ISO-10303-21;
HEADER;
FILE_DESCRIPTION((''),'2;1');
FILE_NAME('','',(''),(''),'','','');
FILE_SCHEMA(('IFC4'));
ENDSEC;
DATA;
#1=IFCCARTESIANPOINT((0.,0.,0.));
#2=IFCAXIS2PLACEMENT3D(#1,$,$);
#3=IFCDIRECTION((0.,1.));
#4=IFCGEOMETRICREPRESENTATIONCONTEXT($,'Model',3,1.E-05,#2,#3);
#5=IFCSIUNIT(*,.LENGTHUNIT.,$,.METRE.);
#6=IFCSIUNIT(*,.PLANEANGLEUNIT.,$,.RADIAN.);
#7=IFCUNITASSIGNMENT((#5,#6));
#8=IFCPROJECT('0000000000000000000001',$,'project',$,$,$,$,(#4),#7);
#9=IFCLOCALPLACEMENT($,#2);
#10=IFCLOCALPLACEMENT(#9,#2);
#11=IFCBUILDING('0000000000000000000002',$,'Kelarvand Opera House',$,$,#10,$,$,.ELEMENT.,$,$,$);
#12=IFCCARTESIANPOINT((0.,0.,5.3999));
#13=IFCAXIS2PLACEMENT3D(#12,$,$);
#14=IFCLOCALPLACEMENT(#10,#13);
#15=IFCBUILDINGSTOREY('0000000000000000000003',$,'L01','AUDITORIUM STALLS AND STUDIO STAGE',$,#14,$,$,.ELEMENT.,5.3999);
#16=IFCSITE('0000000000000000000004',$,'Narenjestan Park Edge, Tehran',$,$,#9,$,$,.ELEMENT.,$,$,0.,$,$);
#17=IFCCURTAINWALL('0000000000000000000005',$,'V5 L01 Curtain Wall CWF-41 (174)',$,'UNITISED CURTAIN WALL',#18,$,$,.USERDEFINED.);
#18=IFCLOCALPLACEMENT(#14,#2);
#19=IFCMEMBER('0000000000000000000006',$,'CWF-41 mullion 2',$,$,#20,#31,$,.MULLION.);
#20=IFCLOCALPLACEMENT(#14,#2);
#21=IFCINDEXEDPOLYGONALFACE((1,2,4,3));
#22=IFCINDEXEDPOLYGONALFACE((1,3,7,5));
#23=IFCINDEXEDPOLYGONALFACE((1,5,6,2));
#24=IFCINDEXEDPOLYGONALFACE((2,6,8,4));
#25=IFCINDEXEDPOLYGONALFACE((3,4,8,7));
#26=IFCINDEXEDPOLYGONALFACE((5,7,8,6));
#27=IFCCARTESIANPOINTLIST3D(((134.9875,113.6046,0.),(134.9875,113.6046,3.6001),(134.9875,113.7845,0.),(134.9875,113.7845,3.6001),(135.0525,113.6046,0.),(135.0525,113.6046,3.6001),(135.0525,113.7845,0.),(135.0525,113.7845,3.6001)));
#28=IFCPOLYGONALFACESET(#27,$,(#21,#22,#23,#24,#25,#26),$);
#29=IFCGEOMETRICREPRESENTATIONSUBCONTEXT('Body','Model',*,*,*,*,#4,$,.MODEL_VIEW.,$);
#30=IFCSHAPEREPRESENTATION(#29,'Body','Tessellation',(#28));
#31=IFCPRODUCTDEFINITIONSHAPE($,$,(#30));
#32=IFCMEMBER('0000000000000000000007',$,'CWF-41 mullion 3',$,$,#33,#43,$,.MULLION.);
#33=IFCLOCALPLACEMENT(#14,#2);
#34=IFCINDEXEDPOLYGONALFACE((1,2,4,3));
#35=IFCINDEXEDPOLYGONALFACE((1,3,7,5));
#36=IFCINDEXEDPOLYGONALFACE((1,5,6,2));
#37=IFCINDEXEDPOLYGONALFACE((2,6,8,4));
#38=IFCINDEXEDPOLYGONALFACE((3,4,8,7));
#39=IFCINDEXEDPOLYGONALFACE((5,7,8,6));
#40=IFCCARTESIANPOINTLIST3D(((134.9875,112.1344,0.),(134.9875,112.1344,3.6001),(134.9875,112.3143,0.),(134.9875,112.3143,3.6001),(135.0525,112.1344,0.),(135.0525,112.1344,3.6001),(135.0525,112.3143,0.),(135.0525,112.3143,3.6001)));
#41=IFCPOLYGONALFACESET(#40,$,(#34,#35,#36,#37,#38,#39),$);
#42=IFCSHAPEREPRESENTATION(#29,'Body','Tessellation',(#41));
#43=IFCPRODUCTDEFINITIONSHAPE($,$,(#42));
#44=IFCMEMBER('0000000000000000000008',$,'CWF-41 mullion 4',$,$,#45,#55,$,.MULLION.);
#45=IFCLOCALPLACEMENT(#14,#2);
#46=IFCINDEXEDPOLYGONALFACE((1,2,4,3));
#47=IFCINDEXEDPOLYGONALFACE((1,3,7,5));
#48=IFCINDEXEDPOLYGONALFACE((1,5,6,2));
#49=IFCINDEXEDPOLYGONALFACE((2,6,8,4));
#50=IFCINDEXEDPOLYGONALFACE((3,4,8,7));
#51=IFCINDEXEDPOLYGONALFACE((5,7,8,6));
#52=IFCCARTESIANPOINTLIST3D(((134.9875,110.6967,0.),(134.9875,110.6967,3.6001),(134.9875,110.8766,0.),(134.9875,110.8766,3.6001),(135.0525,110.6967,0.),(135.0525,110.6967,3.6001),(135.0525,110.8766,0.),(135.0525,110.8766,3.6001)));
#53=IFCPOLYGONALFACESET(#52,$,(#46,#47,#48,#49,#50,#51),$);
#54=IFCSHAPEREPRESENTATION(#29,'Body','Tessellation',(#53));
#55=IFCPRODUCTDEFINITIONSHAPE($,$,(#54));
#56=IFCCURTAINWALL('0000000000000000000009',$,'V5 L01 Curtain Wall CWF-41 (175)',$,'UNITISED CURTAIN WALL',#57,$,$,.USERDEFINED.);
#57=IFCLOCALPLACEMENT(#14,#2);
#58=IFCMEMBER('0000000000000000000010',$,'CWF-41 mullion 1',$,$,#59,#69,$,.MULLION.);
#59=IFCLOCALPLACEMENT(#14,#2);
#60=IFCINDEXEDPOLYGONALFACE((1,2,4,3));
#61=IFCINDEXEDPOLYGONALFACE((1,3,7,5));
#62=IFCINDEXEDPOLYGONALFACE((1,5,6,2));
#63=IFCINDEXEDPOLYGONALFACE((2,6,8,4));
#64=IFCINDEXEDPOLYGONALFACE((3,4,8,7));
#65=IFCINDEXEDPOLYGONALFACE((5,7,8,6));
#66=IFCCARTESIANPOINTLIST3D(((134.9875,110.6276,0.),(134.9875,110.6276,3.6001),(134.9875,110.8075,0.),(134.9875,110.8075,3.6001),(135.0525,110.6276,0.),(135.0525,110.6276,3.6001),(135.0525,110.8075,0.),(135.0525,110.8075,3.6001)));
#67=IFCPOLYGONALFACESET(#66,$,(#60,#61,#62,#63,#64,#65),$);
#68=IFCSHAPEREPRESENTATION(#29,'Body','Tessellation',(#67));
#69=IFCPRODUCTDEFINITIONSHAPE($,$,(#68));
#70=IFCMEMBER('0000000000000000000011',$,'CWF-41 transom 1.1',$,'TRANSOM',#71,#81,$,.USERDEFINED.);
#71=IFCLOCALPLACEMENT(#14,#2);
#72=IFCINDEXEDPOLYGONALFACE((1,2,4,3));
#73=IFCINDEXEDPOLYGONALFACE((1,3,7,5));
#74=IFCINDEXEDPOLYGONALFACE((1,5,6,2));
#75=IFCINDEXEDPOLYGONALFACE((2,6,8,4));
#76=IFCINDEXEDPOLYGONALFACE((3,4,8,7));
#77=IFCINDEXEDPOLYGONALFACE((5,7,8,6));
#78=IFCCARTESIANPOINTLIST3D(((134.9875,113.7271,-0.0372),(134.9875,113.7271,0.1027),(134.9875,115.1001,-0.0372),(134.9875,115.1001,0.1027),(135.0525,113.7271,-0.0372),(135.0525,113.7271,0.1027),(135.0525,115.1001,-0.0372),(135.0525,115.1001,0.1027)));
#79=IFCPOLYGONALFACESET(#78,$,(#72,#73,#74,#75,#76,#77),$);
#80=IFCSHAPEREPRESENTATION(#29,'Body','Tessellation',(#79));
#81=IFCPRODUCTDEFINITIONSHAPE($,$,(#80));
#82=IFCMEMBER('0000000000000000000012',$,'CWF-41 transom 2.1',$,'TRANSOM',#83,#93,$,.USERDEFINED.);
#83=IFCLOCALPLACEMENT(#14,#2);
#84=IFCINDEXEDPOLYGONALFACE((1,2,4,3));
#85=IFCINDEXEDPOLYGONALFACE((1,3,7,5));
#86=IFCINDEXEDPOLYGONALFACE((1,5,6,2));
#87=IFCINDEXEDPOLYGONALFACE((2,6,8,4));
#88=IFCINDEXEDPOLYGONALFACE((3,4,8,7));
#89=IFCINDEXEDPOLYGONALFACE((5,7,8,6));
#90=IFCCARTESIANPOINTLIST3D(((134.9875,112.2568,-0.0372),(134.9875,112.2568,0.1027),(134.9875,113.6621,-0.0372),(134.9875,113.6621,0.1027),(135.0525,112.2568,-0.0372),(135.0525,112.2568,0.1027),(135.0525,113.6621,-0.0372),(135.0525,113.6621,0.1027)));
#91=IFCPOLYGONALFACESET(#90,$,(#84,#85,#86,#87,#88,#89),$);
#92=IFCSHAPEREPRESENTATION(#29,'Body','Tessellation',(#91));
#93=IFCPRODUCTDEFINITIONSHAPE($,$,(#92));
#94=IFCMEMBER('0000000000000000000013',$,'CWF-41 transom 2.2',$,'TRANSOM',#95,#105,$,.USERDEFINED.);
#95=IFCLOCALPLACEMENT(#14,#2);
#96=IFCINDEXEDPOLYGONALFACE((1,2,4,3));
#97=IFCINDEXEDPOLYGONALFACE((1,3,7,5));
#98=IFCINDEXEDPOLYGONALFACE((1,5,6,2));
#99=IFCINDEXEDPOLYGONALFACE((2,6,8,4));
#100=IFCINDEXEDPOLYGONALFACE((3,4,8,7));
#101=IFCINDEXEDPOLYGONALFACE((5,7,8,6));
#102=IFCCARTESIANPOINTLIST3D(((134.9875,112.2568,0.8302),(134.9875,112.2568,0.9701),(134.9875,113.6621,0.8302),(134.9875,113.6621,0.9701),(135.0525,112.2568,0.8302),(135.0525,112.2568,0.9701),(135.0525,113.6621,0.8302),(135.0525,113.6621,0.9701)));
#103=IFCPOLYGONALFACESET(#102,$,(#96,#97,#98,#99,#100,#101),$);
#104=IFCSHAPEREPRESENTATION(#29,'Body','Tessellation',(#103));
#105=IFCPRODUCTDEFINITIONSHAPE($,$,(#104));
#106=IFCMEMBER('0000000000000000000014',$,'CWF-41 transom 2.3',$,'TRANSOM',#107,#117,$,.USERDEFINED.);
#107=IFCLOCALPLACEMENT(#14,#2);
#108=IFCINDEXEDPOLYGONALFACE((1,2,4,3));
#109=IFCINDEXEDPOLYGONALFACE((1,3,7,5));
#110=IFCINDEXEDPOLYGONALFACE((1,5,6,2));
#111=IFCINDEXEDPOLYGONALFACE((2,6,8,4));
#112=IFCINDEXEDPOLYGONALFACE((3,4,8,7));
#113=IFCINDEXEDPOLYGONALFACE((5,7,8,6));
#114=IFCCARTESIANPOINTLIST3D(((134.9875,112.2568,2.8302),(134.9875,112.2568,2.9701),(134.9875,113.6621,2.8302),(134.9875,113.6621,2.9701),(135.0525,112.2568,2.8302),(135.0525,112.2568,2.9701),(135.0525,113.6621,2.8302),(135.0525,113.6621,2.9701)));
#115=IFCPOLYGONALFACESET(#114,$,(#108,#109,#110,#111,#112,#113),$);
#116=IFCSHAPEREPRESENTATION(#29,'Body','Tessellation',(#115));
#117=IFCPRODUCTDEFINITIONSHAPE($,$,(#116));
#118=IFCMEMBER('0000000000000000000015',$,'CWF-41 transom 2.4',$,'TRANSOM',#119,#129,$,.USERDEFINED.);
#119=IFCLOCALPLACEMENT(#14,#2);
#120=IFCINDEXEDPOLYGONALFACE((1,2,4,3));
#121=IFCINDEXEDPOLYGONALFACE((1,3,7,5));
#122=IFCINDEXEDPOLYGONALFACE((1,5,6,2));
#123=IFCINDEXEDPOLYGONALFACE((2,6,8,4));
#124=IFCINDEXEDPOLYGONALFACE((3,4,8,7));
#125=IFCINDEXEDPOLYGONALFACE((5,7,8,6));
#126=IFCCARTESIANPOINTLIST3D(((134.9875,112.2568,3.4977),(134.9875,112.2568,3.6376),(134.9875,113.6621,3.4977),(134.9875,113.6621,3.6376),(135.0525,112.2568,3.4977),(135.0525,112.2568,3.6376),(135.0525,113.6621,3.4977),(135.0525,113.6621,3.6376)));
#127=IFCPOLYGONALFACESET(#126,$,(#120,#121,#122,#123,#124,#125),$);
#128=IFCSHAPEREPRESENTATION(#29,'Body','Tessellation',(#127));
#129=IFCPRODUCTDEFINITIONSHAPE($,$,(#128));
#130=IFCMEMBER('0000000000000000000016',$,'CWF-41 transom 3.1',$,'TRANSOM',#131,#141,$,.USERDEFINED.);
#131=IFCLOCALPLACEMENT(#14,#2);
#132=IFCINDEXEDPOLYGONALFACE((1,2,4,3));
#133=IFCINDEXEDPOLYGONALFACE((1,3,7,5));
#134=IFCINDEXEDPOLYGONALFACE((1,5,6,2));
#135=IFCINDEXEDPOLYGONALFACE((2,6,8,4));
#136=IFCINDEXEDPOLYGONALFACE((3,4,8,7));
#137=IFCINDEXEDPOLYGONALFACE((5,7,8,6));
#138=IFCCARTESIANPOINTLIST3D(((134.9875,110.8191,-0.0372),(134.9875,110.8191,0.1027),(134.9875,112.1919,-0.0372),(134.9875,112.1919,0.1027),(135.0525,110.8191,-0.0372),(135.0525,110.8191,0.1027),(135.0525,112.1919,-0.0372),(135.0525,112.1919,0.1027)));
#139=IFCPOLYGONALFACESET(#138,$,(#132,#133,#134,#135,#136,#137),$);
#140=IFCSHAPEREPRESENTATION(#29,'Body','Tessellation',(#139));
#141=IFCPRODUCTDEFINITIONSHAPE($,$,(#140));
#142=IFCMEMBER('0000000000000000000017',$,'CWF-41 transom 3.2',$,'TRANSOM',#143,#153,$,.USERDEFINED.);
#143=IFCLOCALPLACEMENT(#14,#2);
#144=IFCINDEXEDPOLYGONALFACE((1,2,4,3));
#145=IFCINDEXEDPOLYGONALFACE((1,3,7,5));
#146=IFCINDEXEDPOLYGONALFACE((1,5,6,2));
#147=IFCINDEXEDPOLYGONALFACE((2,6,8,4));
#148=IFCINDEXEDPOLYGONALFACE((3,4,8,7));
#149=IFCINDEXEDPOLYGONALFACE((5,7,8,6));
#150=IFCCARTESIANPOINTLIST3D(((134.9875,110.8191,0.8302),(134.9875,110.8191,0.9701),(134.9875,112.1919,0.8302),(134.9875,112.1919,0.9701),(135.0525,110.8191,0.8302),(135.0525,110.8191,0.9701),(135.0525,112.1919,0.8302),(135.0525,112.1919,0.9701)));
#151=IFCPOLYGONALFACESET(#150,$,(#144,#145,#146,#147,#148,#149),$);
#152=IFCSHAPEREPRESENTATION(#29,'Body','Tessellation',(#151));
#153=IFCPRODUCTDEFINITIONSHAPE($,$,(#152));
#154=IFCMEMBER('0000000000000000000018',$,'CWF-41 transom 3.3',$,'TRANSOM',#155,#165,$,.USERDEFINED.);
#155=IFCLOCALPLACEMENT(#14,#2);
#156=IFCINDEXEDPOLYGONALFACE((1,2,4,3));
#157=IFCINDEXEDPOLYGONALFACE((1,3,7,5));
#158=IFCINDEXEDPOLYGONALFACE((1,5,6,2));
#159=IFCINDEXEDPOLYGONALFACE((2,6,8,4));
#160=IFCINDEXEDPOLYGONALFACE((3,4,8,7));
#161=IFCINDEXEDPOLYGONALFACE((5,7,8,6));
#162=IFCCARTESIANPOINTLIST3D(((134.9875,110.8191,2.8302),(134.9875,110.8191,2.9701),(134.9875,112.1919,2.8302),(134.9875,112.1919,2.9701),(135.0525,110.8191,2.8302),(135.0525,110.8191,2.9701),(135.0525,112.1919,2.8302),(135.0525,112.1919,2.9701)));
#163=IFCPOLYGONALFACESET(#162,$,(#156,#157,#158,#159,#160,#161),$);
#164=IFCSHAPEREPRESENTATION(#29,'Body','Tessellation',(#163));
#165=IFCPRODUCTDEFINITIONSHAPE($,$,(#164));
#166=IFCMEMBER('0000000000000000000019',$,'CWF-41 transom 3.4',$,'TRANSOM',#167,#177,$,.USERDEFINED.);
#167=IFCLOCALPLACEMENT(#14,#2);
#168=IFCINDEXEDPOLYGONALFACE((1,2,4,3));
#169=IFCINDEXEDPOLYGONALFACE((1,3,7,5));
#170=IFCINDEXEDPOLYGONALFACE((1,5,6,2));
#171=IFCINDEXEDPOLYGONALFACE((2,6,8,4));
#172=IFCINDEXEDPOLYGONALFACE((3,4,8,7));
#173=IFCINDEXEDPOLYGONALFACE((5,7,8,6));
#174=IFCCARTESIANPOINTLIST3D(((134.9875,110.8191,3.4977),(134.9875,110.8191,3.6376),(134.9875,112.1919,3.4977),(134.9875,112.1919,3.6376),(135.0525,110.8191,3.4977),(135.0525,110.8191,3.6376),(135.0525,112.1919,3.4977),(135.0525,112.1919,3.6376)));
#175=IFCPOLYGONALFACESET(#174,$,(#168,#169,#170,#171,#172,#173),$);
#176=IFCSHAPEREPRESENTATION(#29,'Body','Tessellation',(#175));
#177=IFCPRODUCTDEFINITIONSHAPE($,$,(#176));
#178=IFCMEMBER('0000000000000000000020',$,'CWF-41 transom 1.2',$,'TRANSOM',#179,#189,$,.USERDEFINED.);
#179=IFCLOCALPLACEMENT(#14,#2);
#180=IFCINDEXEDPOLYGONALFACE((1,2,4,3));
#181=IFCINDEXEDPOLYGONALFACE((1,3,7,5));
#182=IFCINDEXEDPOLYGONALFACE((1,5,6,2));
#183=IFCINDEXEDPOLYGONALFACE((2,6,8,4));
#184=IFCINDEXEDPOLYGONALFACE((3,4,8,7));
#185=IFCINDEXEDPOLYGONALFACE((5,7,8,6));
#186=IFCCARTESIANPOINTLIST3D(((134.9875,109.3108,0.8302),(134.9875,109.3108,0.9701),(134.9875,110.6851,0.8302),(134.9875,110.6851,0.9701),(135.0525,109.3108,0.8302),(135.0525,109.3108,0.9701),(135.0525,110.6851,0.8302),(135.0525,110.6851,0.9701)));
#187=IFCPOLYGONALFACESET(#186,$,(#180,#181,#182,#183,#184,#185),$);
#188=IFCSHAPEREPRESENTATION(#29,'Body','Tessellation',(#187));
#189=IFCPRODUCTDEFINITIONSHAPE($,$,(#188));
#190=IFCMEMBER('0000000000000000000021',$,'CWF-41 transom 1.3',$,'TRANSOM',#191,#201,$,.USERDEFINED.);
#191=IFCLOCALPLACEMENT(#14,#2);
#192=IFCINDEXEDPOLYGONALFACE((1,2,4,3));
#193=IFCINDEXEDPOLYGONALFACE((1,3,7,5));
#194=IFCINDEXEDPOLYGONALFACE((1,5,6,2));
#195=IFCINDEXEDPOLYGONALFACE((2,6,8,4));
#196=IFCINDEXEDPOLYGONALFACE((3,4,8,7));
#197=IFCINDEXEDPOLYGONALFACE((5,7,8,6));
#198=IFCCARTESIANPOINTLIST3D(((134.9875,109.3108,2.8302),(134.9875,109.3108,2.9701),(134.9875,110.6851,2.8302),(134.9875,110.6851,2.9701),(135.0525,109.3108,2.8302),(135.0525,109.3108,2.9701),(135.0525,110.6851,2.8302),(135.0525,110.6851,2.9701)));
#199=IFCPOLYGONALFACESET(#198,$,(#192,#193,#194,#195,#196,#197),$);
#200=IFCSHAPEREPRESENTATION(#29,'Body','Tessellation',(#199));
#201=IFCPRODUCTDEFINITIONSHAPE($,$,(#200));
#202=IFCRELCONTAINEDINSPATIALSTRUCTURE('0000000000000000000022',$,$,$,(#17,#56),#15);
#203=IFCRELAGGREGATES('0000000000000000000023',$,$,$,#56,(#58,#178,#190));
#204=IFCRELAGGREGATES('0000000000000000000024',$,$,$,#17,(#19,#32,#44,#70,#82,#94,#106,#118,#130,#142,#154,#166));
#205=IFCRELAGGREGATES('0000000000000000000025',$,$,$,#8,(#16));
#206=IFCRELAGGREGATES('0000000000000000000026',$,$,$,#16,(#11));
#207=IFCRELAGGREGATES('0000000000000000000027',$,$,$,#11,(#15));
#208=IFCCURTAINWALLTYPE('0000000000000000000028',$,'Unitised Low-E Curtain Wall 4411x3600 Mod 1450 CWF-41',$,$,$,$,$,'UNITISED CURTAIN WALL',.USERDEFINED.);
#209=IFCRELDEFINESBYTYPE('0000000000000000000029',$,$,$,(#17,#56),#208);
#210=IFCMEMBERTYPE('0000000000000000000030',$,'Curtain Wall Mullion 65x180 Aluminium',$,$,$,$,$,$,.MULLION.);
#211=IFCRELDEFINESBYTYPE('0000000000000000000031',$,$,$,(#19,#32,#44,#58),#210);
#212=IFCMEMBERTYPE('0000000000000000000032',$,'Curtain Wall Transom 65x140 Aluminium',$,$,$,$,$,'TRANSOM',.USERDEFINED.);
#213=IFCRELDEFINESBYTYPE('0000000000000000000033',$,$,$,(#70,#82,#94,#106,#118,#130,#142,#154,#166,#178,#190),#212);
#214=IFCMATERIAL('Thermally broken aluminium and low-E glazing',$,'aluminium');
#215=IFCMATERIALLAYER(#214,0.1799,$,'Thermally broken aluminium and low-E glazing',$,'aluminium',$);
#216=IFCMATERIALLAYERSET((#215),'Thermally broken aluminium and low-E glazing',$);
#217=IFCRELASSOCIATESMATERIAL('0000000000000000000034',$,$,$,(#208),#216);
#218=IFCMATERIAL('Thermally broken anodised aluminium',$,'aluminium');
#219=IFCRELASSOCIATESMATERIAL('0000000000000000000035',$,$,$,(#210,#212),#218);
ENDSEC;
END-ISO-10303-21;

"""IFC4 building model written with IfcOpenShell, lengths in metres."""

from ifc_helpers import new_model, si_unit, direction, frame, origin, origin_2d, place, context, subcontext, project, spatial, rectangle, extrude, material, layer, layer_set, material_profile, profile_set, type_object, element, aggregate, save


model = new_model("IFC4")

# Units and contexts
model_context = context("Model", 3, precision=1e-05, world=origin(), true_north=direction((0.0, 1.0)))
body_context = subcontext(model_context, "Body", "Model", "MODEL_VIEW")
ifc_project = project(units=[si_unit("LENGTHUNIT", "METRE"), si_unit("PLANEANGLEUNIT", "RADIAN")], contexts=[model_context])

# Site, building, storey
site_placement = place(None, origin())
site = spatial("IfcSite", under=ifc_project, at=site_placement, Name="Narenjestan Park Edge, Tehran", CompositionType="ELEMENT", RefElevation=0.0)
building_placement = place(site_placement, origin())
building = spatial("IfcBuilding", under=site, at=building_placement, Name="Kelarvand Opera House", CompositionType="ELEMENT")
storey_placement = place(building_placement, frame((0.0, 0.0, 5.3999)))
storey = spatial("IfcBuildingStorey", under=building, at=storey_placement, Name="L01", Description="AUDITORIUM STALLS AND STUDIO STAGE", CompositionType="ELEMENT", Elevation=5.3999)

# Curtain wall, members
ifc_material_1 = material(Name="Thermally broken aluminium and low-E glazing", Category="aluminium")
ifc_layer_1 = layer(ifc_material_1, 0.1799, Name="Thermally broken aluminium and low-E glazing", Category="aluminium")
ifc_layer_set_1 = layer_set([ifc_layer_1], Name="Thermally broken aluminium and low-E glazing")
curtain_wall_type = type_object("IfcCurtainWallType", Name="Unitised Low-E Curtain Wall 4411x3600 Mod 1450 CWF-41", ElementType="UNITISED CURTAIN WALL", PredefinedType="USERDEFINED", material=ifc_layer_set_1)
curtain_wall_1_placement = place(storey_placement, origin())
curtain_wall_1 = element("IfcCurtainWall", 1, at=curtain_wall_1_placement, inside=storey, type_object=curtain_wall_type, Name="V5 L01 Curtain Wall CWF-41 (174)", ObjectType="UNITISED CURTAIN WALL", PredefinedType="USERDEFINED")
ifc_material_2 = material(Name="Thermally broken anodised aluminium", Category="aluminium")
ifc_material_profile_1 = material_profile(ifc_material_2, rectangle(XDim=0.0649, YDim=0.1799, at=origin_2d()), Name="ALU MULLION 65x180", Category="aluminium")
ifc_profile_set_1 = profile_set([ifc_material_profile_1], Name="Thermally broken anodised aluminium")
member_type_1 = type_object("IfcMemberType", Name="Curtain Wall Mullion 65x180 Aluminium", PredefinedType="MULLION", material=ifc_profile_set_1)
member_1_placement = place(storey_placement, frame((135.02, 113.6946, 0.0), z_axis=(0.0, 0.0, 1.0), x_axis=(1.0, 0.0, 0.0)))
member_1 = element("IfcMember", 2, at=member_1_placement, type_object=member_type_1, Name="CWF-41 mullion 2", PredefinedType="MULLION", context=body_context, shape_type="SweptSolid", body=[
    extrude(rectangle(XDim=0.0649, YDim=0.1799, at=origin_2d()), origin(), (0.0, 0.0, 1.0), 3.6001),
])
member_2_placement = place(storey_placement, frame((135.02, 112.2244, 0.0), z_axis=(0.0, 0.0, 1.0), x_axis=(1.0, 0.0, 0.0)))
member_2 = element("IfcMember", 3, at=member_2_placement, type_object=member_type_1, Name="CWF-41 mullion 3", PredefinedType="MULLION", context=body_context, shape_type="SweptSolid", body=[
    extrude(rectangle(XDim=0.0649, YDim=0.1799, at=origin_2d()), origin(), (0.0, 0.0, 1.0), 3.6001),
])
member_3_placement = place(storey_placement, frame((135.02, 110.7866, 0.0), z_axis=(0.0, 0.0, 1.0), x_axis=(1.0, 0.0, 0.0)))
member_3 = element("IfcMember", 4, at=member_3_placement, type_object=member_type_1, Name="CWF-41 mullion 4", PredefinedType="MULLION", context=body_context, shape_type="SweptSolid", body=[
    extrude(rectangle(XDim=0.0649, YDim=0.1799, at=origin_2d()), origin(), (0.0, 0.0, 1.0), 3.6001),
])

# Curtain wall, member
curtain_wall_2_placement = place(storey_placement, origin())
curtain_wall_2 = element("IfcCurtainWall", 5, at=curtain_wall_2_placement, inside=storey, type_object=curtain_wall_type, Name="V5 L01 Curtain Wall CWF-41 (175)", ObjectType="UNITISED CURTAIN WALL", PredefinedType="USERDEFINED")
member_4_placement = place(storey_placement, frame((135.02, 110.7175, 0.0), z_axis=(0.0, 0.0, 1.0), x_axis=(1.0, 0.0, 0.0)))
member_4 = element("IfcMember", 6, at=member_4_placement, type_object=member_type_1, Name="CWF-41 mullion 1", PredefinedType="MULLION", context=body_context, shape_type="SweptSolid", body=[
    extrude(rectangle(XDim=0.0649, YDim=0.1799, at=origin_2d()), origin(), (0.0, 0.0, 1.0), 3.6001),
])

# Members
ifc_material_profile_2 = material_profile(ifc_material_2, rectangle(XDim=0.0649, YDim=0.1399, at=origin_2d()), Name="ALU TRANSOM 65x140", Category="aluminium")
ifc_profile_set_2 = profile_set([ifc_material_profile_2], Name="Thermally broken anodised aluminium")
member_type_2 = type_object("IfcMemberType", Name="Curtain Wall Transom 65x140 Aluminium", ElementType="TRANSOM", PredefinedType="USERDEFINED", material=ifc_profile_set_2)
member_5_placement = place(storey_placement, frame((135.02, 115.1001, 0.0327), z_axis=(0.0, -1.0, 0.0), x_axis=(1.0, 0.0, 0.0)))
member_5 = element("IfcMember", 7, at=member_5_placement, type_object=member_type_2, Name="CWF-41 transom 1.1", ObjectType="TRANSOM", PredefinedType="USERDEFINED", context=body_context, shape_type="SweptSolid", body=[
    extrude(rectangle(XDim=0.0649, YDim=0.1399, at=origin_2d()), origin(), (0.0, 0.0, 1.0), 1.373),
])
member_6_placement = place(storey_placement, frame((135.02, 113.6621, 0.0327), z_axis=(0.0, -1.0, 0.0), x_axis=(1.0, 0.0, 0.0)))
member_6 = element("IfcMember", 8, at=member_6_placement, type_object=member_type_2, Name="CWF-41 transom 2.1", ObjectType="TRANSOM", PredefinedType="USERDEFINED", context=body_context, shape_type="SweptSolid", body=[
    extrude(rectangle(XDim=0.0649, YDim=0.1399, at=origin_2d()), origin(), (0.0, 0.0, 1.0), 1.4053),
])
member_7_placement = place(storey_placement, frame((135.02, 113.6621, 0.9001), z_axis=(0.0, -1.0, 0.0), x_axis=(1.0, 0.0, 0.0)))
member_7 = element("IfcMember", 9, at=member_7_placement, type_object=member_type_2, Name="CWF-41 transom 2.2", ObjectType="TRANSOM", PredefinedType="USERDEFINED", context=body_context, shape_type="SweptSolid", body=[
    extrude(rectangle(XDim=0.0649, YDim=0.1399, at=origin_2d()), origin(), (0.0, 0.0, 1.0), 1.4053),
])
member_8_placement = place(storey_placement, frame((135.02, 113.6621, 2.9001), z_axis=(0.0, -1.0, 0.0), x_axis=(1.0, 0.0, 0.0)))
member_8 = element("IfcMember", 10, at=member_8_placement, type_object=member_type_2, Name="CWF-41 transom 2.3", ObjectType="TRANSOM", PredefinedType="USERDEFINED", context=body_context, shape_type="SweptSolid", body=[
    extrude(rectangle(XDim=0.0649, YDim=0.1399, at=origin_2d()), origin(), (0.0, 0.0, 1.0), 1.4053),
])
member_9_placement = place(storey_placement, frame((135.02, 113.6621, 3.5676), z_axis=(0.0, -1.0, 0.0), x_axis=(1.0, 0.0, 0.0)))
member_9 = element("IfcMember", 11, at=member_9_placement, type_object=member_type_2, Name="CWF-41 transom 2.4", ObjectType="TRANSOM", PredefinedType="USERDEFINED", context=body_context, shape_type="SweptSolid", body=[
    extrude(rectangle(XDim=0.0649, YDim=0.1399, at=origin_2d()), origin(), (0.0, 0.0, 1.0), 1.4053),
])
member_10_placement = place(storey_placement, frame((135.02, 112.1919, 0.0327), z_axis=(0.0, -1.0, 0.0), x_axis=(1.0, 0.0, 0.0)))
member_10 = element("IfcMember", 12, at=member_10_placement, type_object=member_type_2, Name="CWF-41 transom 3.1", ObjectType="TRANSOM", PredefinedType="USERDEFINED", context=body_context, shape_type="SweptSolid", body=[
    extrude(rectangle(XDim=0.0649, YDim=0.1399, at=origin_2d()), origin(), (0.0, 0.0, 1.0), 1.3728),
])
member_11_placement = place(storey_placement, frame((135.02, 112.1919, 0.9001), z_axis=(0.0, -1.0, 0.0), x_axis=(1.0, 0.0, 0.0)))
member_11 = element("IfcMember", 13, at=member_11_placement, type_object=member_type_2, Name="CWF-41 transom 3.2", ObjectType="TRANSOM", PredefinedType="USERDEFINED", context=body_context, shape_type="SweptSolid", body=[
    extrude(rectangle(XDim=0.0649, YDim=0.1399, at=origin_2d()), origin(), (0.0, 0.0, 1.0), 1.3728),
])
member_12_placement = place(storey_placement, frame((135.02, 112.1919, 2.9001), z_axis=(0.0, -1.0, 0.0), x_axis=(1.0, 0.0, 0.0)))
member_12 = element("IfcMember", 14, at=member_12_placement, type_object=member_type_2, Name="CWF-41 transom 3.3", ObjectType="TRANSOM", PredefinedType="USERDEFINED", context=body_context, shape_type="SweptSolid", body=[
    extrude(rectangle(XDim=0.0649, YDim=0.1399, at=origin_2d()), origin(), (0.0, 0.0, 1.0), 1.3728),
])
member_13_placement = place(storey_placement, frame((135.02, 112.1919, 3.5676), z_axis=(0.0, -1.0, 0.0), x_axis=(1.0, 0.0, 0.0)))
member_13 = element("IfcMember", 15, at=member_13_placement, type_object=member_type_2, Name="CWF-41 transom 3.4", ObjectType="TRANSOM", PredefinedType="USERDEFINED", context=body_context, shape_type="SweptSolid", body=[
    extrude(rectangle(XDim=0.0649, YDim=0.1399, at=origin_2d()), origin(), (0.0, 0.0, 1.0), 1.3728),
])
member_14_placement = place(storey_placement, frame((135.02, 110.6851, 0.9001), z_axis=(0.0, -1.0, 0.0), x_axis=(1.0, 0.0, 0.0)))
member_14 = element("IfcMember", 16, at=member_14_placement, type_object=member_type_2, Name="CWF-41 transom 1.2", ObjectType="TRANSOM", PredefinedType="USERDEFINED", context=body_context, shape_type="SweptSolid", body=[
    extrude(rectangle(XDim=0.0649, YDim=0.1399, at=origin_2d()), origin(), (0.0, 0.0, 1.0), 1.3743),
])
member_15_placement = place(storey_placement, frame((135.02, 110.6851, 2.9001), z_axis=(0.0, -1.0, 0.0), x_axis=(1.0, 0.0, 0.0)))
member_15 = element("IfcMember", 17, at=member_15_placement, type_object=member_type_2, Name="CWF-41 transom 1.3", ObjectType="TRANSOM", PredefinedType="USERDEFINED", context=body_context, shape_type="SweptSolid", body=[
    extrude(rectangle(XDim=0.0649, YDim=0.1399, at=origin_2d()), origin(), (0.0, 0.0, 1.0), 1.3743),
])
aggregate(curtain_wall_2, [member_4, member_14, member_15])

aggregate(curtain_wall_1, [member_1, member_2, member_3, member_5, member_6, member_7, member_8, member_9, member_10, member_11, member_12, member_13])

save(model, "model.ifc")
